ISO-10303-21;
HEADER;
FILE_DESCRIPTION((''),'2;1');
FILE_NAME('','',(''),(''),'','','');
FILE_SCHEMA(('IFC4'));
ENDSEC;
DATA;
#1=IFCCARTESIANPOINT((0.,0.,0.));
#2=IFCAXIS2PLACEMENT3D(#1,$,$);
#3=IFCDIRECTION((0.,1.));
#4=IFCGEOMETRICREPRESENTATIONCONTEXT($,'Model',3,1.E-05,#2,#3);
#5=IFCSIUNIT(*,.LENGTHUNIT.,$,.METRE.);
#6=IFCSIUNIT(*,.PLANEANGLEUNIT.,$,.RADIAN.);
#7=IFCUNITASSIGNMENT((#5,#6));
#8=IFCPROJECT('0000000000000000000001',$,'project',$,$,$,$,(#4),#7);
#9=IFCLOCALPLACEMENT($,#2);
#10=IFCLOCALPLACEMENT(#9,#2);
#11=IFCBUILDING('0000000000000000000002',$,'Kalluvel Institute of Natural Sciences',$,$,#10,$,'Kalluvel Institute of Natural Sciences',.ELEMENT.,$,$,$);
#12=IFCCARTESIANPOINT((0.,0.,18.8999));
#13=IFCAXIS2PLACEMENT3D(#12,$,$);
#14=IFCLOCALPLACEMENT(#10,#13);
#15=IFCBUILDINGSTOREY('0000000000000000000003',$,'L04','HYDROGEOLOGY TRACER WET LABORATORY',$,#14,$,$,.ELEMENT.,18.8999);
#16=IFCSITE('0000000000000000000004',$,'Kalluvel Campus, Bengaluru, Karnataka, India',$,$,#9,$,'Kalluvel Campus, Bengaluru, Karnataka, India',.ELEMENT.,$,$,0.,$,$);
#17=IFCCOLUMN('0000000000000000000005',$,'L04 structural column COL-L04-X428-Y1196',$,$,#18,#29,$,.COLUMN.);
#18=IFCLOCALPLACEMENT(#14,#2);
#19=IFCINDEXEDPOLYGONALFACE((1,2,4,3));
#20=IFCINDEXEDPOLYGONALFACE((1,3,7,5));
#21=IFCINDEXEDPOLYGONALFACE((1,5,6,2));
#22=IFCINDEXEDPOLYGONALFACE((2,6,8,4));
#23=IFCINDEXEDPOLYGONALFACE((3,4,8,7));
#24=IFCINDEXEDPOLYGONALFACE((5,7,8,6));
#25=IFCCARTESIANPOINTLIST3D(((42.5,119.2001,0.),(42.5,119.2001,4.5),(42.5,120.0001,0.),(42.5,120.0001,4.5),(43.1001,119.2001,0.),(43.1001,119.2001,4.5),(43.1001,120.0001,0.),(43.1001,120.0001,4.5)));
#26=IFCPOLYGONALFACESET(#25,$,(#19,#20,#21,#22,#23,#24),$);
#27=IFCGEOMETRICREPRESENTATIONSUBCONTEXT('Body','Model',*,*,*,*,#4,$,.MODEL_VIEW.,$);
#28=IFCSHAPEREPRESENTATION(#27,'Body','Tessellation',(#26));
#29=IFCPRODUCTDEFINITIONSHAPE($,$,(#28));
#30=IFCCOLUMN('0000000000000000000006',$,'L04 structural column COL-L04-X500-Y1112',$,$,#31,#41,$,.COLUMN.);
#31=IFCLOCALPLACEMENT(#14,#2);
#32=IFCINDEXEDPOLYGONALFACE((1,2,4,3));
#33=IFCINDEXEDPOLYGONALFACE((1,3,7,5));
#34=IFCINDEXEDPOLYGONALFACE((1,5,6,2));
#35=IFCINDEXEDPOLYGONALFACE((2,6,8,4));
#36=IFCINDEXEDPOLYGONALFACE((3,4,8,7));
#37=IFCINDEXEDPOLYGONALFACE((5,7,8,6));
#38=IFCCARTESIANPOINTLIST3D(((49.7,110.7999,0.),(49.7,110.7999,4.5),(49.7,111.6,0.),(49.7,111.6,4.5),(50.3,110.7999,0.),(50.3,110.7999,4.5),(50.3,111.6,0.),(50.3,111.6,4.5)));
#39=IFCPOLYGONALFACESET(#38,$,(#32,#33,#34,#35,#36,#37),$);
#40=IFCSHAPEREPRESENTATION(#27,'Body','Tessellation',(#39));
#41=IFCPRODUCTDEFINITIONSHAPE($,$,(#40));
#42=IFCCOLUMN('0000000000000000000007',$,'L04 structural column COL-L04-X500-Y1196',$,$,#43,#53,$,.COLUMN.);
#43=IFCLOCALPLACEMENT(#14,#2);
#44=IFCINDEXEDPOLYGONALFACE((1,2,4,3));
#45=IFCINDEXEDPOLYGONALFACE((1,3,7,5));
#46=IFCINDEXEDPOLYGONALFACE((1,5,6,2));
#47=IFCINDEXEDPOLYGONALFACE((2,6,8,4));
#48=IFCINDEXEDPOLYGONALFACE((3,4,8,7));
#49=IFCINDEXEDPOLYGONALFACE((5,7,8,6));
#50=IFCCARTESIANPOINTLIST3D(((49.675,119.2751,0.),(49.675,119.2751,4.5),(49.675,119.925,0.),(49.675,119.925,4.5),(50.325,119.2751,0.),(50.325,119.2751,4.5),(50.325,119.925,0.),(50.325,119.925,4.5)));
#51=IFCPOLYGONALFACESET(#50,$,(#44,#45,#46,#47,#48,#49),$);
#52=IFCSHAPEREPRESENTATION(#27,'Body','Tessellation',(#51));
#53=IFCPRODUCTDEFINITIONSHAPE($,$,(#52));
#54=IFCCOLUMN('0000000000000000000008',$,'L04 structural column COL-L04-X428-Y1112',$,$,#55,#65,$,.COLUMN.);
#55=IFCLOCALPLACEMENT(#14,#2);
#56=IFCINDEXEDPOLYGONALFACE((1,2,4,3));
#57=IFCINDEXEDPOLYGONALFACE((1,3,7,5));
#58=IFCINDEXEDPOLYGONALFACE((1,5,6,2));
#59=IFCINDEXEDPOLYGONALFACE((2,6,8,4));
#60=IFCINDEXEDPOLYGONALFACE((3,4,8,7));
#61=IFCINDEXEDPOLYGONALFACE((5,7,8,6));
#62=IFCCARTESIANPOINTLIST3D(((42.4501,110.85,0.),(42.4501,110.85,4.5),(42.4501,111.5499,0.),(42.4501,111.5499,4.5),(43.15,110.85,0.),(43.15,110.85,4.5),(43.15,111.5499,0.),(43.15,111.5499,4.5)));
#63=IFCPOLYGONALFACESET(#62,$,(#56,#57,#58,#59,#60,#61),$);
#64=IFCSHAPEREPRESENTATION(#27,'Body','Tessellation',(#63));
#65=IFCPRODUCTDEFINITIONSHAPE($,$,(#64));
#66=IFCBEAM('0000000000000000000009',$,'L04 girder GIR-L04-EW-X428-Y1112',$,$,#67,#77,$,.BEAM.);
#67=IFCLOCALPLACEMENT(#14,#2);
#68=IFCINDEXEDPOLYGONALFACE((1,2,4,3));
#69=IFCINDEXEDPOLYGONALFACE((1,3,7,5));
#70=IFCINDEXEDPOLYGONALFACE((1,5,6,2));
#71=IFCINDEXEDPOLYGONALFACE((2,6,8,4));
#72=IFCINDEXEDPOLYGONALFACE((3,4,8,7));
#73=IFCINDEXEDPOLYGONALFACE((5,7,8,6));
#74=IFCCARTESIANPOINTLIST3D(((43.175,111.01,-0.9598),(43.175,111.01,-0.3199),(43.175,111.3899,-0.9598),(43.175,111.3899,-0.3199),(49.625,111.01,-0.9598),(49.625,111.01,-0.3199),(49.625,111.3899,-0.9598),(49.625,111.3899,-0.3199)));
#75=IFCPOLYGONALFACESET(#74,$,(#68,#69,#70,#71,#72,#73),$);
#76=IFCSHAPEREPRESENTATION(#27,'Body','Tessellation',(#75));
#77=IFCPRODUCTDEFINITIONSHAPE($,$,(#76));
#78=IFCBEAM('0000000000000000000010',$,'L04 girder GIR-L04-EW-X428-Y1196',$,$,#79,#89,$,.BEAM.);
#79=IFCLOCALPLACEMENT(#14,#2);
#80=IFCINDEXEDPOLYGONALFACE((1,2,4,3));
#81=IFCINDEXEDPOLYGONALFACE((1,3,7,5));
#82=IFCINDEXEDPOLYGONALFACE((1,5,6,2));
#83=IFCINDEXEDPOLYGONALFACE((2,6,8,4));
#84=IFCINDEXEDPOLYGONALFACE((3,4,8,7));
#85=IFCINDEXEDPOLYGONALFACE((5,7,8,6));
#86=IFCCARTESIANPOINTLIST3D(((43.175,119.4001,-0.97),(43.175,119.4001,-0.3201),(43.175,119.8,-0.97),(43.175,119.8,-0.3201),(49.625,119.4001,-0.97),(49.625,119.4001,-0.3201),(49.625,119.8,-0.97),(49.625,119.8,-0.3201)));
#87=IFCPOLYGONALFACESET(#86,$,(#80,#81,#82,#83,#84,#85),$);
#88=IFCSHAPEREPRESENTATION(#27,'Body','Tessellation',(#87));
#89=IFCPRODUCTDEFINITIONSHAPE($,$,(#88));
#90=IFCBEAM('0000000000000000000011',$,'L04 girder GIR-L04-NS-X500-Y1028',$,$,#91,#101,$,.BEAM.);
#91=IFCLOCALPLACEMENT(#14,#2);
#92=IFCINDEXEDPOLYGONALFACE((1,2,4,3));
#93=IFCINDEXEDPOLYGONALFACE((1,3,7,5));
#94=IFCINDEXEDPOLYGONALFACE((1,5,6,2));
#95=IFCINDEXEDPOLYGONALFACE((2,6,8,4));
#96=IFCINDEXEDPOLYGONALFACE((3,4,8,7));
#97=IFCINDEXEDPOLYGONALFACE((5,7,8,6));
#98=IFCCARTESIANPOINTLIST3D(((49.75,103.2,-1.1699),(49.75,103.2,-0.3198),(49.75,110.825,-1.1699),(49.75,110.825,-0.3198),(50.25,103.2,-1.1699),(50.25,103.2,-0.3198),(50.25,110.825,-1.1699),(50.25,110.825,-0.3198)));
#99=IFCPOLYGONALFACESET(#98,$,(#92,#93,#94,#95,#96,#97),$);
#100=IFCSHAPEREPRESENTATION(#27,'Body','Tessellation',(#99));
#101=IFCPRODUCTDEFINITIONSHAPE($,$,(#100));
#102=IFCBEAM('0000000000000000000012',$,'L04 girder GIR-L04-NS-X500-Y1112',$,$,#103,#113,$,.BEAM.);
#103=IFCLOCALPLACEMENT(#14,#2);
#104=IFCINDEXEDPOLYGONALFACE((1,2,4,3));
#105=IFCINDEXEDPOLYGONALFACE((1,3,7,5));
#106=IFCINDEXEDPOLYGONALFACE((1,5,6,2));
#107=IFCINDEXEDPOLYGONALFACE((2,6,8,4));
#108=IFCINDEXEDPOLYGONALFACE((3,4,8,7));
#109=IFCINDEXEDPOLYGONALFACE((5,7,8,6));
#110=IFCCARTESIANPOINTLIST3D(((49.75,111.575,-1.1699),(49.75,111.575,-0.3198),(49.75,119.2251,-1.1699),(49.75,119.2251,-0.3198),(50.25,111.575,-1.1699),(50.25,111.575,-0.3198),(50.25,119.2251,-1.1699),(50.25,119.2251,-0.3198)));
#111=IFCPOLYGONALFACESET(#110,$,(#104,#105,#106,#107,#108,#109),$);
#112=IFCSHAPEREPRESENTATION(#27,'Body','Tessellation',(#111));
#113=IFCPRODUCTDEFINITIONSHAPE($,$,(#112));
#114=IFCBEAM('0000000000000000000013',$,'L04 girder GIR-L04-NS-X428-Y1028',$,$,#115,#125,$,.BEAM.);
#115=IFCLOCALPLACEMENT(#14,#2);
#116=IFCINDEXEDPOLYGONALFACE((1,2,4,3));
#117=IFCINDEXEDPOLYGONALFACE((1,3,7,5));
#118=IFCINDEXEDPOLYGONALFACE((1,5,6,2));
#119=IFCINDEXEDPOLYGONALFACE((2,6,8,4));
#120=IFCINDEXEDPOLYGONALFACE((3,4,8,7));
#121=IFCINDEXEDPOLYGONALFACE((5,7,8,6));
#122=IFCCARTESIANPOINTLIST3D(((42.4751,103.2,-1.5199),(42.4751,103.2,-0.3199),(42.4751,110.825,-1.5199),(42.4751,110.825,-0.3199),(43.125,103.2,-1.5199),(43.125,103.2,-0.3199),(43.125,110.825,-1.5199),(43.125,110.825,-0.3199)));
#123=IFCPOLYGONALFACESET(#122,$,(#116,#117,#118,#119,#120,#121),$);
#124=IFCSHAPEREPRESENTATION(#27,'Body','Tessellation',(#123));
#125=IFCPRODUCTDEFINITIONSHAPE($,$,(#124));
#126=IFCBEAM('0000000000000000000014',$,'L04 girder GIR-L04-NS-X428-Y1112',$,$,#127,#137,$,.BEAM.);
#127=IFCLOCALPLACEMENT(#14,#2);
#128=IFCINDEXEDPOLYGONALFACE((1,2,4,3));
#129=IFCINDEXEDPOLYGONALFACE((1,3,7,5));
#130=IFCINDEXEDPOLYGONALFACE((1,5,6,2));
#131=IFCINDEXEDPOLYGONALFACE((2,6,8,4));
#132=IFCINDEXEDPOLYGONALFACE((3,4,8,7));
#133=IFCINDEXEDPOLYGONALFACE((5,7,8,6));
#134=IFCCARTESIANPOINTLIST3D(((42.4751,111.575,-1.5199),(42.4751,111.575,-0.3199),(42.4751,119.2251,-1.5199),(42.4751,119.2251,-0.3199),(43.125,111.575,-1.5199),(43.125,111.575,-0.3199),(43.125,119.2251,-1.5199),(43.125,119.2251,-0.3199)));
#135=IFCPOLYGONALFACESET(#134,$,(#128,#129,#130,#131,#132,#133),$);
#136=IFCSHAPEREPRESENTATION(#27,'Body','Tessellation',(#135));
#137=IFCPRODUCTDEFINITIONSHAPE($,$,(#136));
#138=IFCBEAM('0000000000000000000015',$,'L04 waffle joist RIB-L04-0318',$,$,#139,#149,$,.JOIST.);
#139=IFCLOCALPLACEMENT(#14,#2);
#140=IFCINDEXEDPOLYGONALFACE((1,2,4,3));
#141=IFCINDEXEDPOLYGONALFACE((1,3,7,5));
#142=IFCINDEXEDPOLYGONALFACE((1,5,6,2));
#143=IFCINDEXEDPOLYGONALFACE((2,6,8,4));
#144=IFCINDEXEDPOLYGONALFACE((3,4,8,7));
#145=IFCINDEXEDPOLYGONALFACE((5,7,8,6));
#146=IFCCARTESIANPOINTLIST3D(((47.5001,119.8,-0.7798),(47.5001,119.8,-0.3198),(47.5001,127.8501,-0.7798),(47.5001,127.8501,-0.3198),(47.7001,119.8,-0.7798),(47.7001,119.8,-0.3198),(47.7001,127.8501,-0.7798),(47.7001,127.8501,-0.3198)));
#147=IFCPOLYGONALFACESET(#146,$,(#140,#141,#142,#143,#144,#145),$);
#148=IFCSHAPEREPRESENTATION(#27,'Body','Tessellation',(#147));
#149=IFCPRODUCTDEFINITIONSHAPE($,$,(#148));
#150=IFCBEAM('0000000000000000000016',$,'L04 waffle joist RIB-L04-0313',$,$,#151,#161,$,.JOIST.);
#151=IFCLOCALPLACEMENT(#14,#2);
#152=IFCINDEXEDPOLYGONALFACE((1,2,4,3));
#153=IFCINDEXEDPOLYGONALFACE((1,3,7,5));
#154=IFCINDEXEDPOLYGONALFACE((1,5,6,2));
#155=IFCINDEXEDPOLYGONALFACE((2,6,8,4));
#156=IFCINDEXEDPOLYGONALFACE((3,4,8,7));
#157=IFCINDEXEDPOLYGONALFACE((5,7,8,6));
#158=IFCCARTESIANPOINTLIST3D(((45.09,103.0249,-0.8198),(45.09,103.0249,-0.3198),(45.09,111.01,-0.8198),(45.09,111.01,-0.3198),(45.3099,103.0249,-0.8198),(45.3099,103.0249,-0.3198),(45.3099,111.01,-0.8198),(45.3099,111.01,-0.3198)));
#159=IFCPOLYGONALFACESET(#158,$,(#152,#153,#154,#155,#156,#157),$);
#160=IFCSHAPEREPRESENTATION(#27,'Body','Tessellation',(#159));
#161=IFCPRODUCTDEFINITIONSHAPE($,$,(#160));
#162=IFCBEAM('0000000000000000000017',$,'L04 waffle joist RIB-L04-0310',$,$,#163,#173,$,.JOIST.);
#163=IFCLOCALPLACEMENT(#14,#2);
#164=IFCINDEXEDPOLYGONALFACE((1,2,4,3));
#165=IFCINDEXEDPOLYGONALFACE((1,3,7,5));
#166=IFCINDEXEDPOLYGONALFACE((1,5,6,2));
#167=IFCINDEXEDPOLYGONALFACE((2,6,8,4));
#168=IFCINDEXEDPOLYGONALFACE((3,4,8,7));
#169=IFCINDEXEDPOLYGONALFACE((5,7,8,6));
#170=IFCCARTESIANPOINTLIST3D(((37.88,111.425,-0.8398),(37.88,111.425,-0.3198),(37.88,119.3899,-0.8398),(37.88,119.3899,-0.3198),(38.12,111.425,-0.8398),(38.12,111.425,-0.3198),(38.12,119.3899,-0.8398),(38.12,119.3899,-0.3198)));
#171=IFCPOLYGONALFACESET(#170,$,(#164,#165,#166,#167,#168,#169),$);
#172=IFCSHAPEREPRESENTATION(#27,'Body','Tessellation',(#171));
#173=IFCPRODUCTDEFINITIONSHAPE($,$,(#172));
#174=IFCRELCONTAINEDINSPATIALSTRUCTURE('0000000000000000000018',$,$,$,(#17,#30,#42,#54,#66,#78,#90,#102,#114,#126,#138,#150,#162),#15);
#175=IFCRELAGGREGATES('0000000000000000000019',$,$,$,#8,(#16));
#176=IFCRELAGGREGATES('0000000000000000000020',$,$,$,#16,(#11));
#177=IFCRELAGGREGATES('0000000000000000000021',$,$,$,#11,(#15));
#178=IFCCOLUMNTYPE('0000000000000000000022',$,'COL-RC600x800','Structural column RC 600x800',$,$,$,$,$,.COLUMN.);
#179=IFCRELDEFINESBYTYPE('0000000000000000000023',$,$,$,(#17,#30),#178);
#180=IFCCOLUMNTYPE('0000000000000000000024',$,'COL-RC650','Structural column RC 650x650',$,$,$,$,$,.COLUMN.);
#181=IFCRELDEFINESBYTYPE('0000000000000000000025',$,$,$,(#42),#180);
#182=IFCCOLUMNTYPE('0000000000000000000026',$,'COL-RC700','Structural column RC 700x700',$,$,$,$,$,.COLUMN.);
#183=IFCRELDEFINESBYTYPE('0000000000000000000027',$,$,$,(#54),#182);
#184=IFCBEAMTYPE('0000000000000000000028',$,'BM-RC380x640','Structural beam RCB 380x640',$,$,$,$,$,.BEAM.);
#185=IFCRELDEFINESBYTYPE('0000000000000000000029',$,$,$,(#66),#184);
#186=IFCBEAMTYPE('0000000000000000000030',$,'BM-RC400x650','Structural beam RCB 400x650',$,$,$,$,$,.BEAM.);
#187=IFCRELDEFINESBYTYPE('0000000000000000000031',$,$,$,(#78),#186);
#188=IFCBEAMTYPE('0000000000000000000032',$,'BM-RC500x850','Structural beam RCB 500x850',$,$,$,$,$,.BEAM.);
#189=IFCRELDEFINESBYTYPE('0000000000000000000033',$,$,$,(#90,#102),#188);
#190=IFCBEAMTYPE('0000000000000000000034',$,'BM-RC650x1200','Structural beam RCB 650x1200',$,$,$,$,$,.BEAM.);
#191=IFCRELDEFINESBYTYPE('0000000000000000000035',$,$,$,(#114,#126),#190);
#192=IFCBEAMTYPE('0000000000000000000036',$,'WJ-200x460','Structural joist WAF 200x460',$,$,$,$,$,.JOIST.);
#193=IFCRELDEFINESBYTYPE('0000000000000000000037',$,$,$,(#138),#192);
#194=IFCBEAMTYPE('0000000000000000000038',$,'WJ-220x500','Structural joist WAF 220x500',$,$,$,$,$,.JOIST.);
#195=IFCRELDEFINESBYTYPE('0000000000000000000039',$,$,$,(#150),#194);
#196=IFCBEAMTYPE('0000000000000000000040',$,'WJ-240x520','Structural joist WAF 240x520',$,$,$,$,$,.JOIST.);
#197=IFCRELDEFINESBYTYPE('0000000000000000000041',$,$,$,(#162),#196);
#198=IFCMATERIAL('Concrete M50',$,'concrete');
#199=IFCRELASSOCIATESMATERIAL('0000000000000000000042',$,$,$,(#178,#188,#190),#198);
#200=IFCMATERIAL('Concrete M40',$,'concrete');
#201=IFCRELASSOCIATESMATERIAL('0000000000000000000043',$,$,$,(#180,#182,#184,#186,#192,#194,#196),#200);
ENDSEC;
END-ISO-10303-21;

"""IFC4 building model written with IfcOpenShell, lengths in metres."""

from ifc_helpers import new_model, si_unit, direction, frame, origin, origin_2d, place, context, subcontext, project, spatial, rectangle, extrude, material, material_profile, profile_set, type_object, element, save


model = new_model("IFC4")

# Units and contexts
model_context = context("Model", 3, precision=1e-05, world=origin(), true_north=direction((0.0, 1.0)))
body_context = subcontext(model_context, "Body", "Model", "MODEL_VIEW")
ifc_project = project(units=[si_unit("LENGTHUNIT", "METRE"), si_unit("PLANEANGLEUNIT", "RADIAN")], contexts=[model_context])

# Site, building, storey
site_placement = place(None, origin())
site = spatial("IfcSite", under=ifc_project, at=site_placement, Name="Kalluvel Campus, Bengaluru, Karnataka, India", LongName="Kalluvel Campus, Bengaluru, Karnataka, India", CompositionType="ELEMENT", RefElevation=0.0)
building_placement = place(site_placement, origin())
building = spatial("IfcBuilding", under=site, at=building_placement, Name="Kalluvel Institute of Natural Sciences", LongName="Kalluvel Institute of Natural Sciences", CompositionType="ELEMENT")
storey_placement = place(building_placement, frame((0.0, 0.0, 18.8999)))
storey = spatial("IfcBuildingStorey", under=building, at=storey_placement, Name="L04", Description="HYDROGEOLOGY TRACER WET LABORATORY", CompositionType="ELEMENT", Elevation=18.8999)

# Columns
ifc_material_1 = material(Name="Concrete M50", Category="concrete")
ifc_material_profile_1 = material_profile(ifc_material_1, rectangle(XDim=0.6001, YDim=0.8, at=origin_2d()), Name="RC 600x800")
ifc_profile_set_1 = profile_set([ifc_material_profile_1], Name="Concrete M50")
column_type_1 = type_object("IfcColumnType", Name="COL-RC600x800", Description="Structural column RC 600x800", PredefinedType="COLUMN", material=ifc_profile_set_1)
for number, where, z_axis, x_axis, name in (
    (1, (42.8, 119.6001, 0.0), (0.0, 0.0, 1.0), (1.0, 0.0, 0.0), "L04 structural column COL-L04-X428-Y1196"),
    (2, (50.0, 111.2, 0.0), (0.0, 0.0, 1.0), (1.0, 0.0, 0.0), "L04 structural column COL-L04-X500-Y1112"),
):
    element("IfcColumn", number, at=place(storey_placement, frame(where, z_axis=z_axis, x_axis=x_axis)), inside=storey, type_object=column_type_1, Name=name, PredefinedType="COLUMN", context=body_context, shape_type="SweptSolid", body=[
        extrude(rectangle(XDim=0.6001, YDim=0.8, at=origin_2d()), origin(), (0.0, 0.0, 1.0), 4.5),
    ])
ifc_material_2 = material(Name="Concrete M40", Category="concrete")
ifc_material_profile_2 = material_profile(ifc_material_2, rectangle(XDim=0.6499, YDim=0.6499, at=origin_2d()), Name="RC 650x650")
ifc_profile_set_2 = profile_set([ifc_material_profile_2], Name="Concrete M40")
column_type_2 = type_object("IfcColumnType", Name="COL-RC650", Description="Structural column RC 650x650", PredefinedType="COLUMN", material=ifc_profile_set_2)
column_1_placement = place(storey_placement, frame((50.0, 119.6001, 0.0), z_axis=(0.0, 0.0, 1.0), x_axis=(1.0, 0.0, 0.0)))
element("IfcColumn", 3, at=column_1_placement, inside=storey, type_object=column_type_2, Name="L04 structural column COL-L04-X500-Y1196", PredefinedType="COLUMN", context=body_context, shape_type="SweptSolid", body=[
    extrude(rectangle(XDim=0.6499, YDim=0.6499, at=origin_2d()), origin(), (0.0, 0.0, 1.0), 4.5),
])
ifc_material_profile_3 = material_profile(ifc_material_2, rectangle(XDim=0.7, YDim=0.7, at=origin_2d()), Name="RC 700x700")
ifc_profile_set_3 = profile_set([ifc_material_profile_3], Name="Concrete M40")
column_type_3 = type_object("IfcColumnType", Name="COL-RC700", Description="Structural column RC 700x700", PredefinedType="COLUMN", material=ifc_profile_set_3)
column_2_placement = place(storey_placement, frame((42.8, 111.2, 0.0), z_axis=(0.0, 0.0, 1.0), x_axis=(1.0, 0.0, 0.0)))
element("IfcColumn", 4, at=column_2_placement, inside=storey, type_object=column_type_3, Name="L04 structural column COL-L04-X428-Y1112", PredefinedType="COLUMN", context=body_context, shape_type="SweptSolid", body=[
    extrude(rectangle(XDim=0.7, YDim=0.7, at=origin_2d()), origin(), (0.0, 0.0, 1.0), 4.5),
])

# Beams
ifc_material_profile_4 = material_profile(ifc_material_2, rectangle(XDim=0.3799, YDim=0.6399, at=origin_2d()), Name="RCB 380x640")
ifc_profile_set_4 = profile_set([ifc_material_profile_4], Name="Concrete M40")
beam_type_1 = type_object("IfcBeamType", Name="BM-RC380x640", Description="Structural beam RCB 380x640", PredefinedType="BEAM", material=ifc_profile_set_4)
beam_1_placement = place(storey_placement, frame((43.175, 111.2, -0.6399), z_axis=(1.0, 0.0, 0.0), x_axis=(0.0, 1.0, 0.0)))
element("IfcBeam", 5, at=beam_1_placement, inside=storey, type_object=beam_type_1, Name="L04 girder GIR-L04-EW-X428-Y1112", PredefinedType="BEAM", context=body_context, shape_type="SweptSolid", body=[
    extrude(rectangle(XDim=0.3799, YDim=0.6399, at=origin_2d()), origin(), (0.0, 0.0, 1.0), 6.45),
])
ifc_material_profile_5 = material_profile(ifc_material_2, rectangle(XDim=0.3999, YDim=0.6499, at=origin_2d()), Name="RCB 400x650")
ifc_profile_set_5 = profile_set([ifc_material_profile_5], Name="Concrete M40")
beam_type_2 = type_object("IfcBeamType", Name="BM-RC400x650", Description="Structural beam RCB 400x650", PredefinedType="BEAM", material=ifc_profile_set_5)
beam_2_placement = place(storey_placement, frame((43.175, 119.6001, -0.645), z_axis=(1.0, 0.0, 0.0), x_axis=(0.0, 1.0, 0.0)))
element("IfcBeam", 6, at=beam_2_placement, inside=storey, type_object=beam_type_2, Name="L04 girder GIR-L04-EW-X428-Y1196", PredefinedType="BEAM", context=body_context, shape_type="SweptSolid", body=[
    extrude(rectangle(XDim=0.3999, YDim=0.6499, at=origin_2d()), origin(), (0.0, 0.0, 1.0), 6.45),
])
ifc_material_profile_6 = material_profile(ifc_material_1, rectangle(XDim=0.5, YDim=0.8501, at=origin_2d()), Name="RCB 500x850")
ifc_profile_set_6 = profile_set([ifc_material_profile_6], Name="Concrete M50")
beam_type_3 = type_object("IfcBeamType", Name="BM-RC500x850", Description="Structural beam RCB 500x850", PredefinedType="BEAM", material=ifc_profile_set_6)
beam_3_placement = place(storey_placement, frame((50.0, 103.2, -0.7449), z_axis=(0.0, 1.0, 0.0), x_axis=(-1.0, 0.0, 0.0)))
element("IfcBeam", 7, at=beam_3_placement, inside=storey, type_object=beam_type_3, Name="L04 girder GIR-L04-NS-X500-Y1028", PredefinedType="BEAM", context=body_context, shape_type="SweptSolid", body=[
    extrude(rectangle(XDim=0.5, YDim=0.8501, at=origin_2d()), origin(), (0.0, 0.0, 1.0), 7.625),
])
beam_4_placement = place(storey_placement, frame((50.0, 111.575, -0.7449), z_axis=(0.0, 1.0, 0.0), x_axis=(-1.0, 0.0, 0.0)))
element("IfcBeam", 8, at=beam_4_placement, inside=storey, type_object=beam_type_3, Name="L04 girder GIR-L04-NS-X500-Y1112", PredefinedType="BEAM", context=body_context, shape_type="SweptSolid", body=[
    extrude(rectangle(XDim=0.5, YDim=0.8501, at=origin_2d()), origin(), (0.0, 0.0, 1.0), 7.6501),
])
ifc_material_profile_7 = material_profile(ifc_material_1, rectangle(XDim=0.6499, YDim=1.2, at=origin_2d()), Name="RCB 650x1200")
ifc_profile_set_7 = profile_set([ifc_material_profile_7], Name="Concrete M50")
beam_type_4 = type_object("IfcBeamType", Name="BM-RC650x1200", Description="Structural beam RCB 650x1200", PredefinedType="BEAM", material=ifc_profile_set_7)
beam_5_placement = place(storey_placement, frame((42.8, 103.2, -0.9199), z_axis=(0.0, 1.0, 0.0), x_axis=(-1.0, 0.0, 0.0)))
element("IfcBeam", 9, at=beam_5_placement, inside=storey, type_object=beam_type_4, Name="L04 girder GIR-L04-NS-X428-Y1028", PredefinedType="BEAM", context=body_context, shape_type="SweptSolid", body=[
    extrude(rectangle(XDim=0.6499, YDim=1.2, at=origin_2d()), origin(), (0.0, 0.0, 1.0), 7.625),
])
beam_6_placement = place(storey_placement, frame((42.8, 111.575, -0.9199), z_axis=(0.0, 1.0, 0.0), x_axis=(-1.0, 0.0, 0.0)))
element("IfcBeam", 10, at=beam_6_placement, inside=storey, type_object=beam_type_4, Name="L04 girder GIR-L04-NS-X428-Y1112", PredefinedType="BEAM", context=body_context, shape_type="SweptSolid", body=[
    extrude(rectangle(XDim=0.6499, YDim=1.2, at=origin_2d()), origin(), (0.0, 0.0, 1.0), 7.6501),
])
ifc_material_profile_8 = material_profile(ifc_material_2, rectangle(XDim=0.2, YDim=0.46, at=origin_2d()), Name="WAF 200x460")
ifc_profile_set_8 = profile_set([ifc_material_profile_8], Name="Concrete M40")
beam_type_5 = type_object("IfcBeamType", Name="WJ-200x460", Description="Structural joist WAF 200x460", PredefinedType="JOIST", material=ifc_profile_set_8)
beam_7_placement = place(storey_placement, frame((47.6001, 119.8, -0.5498), z_axis=(0.0, 1.0, 0.0), x_axis=(-1.0, 0.0, 0.0)))
element("IfcBeam", 11, at=beam_7_placement, inside=storey, type_object=beam_type_5, Name="L04 waffle joist RIB-L04-0318", PredefinedType="JOIST", context=body_context, shape_type="SweptSolid", body=[
    extrude(rectangle(XDim=0.2, YDim=0.46, at=origin_2d()), origin(), (0.0, 0.0, 1.0), 8.05),
])
ifc_material_profile_9 = material_profile(ifc_material_2, rectangle(XDim=0.22, YDim=0.5, at=origin_2d()), Name="WAF 220x500")
ifc_profile_set_9 = profile_set([ifc_material_profile_9], Name="Concrete M40")
beam_type_6 = type_object("IfcBeamType", Name="WJ-220x500", Description="Structural joist WAF 220x500", PredefinedType="JOIST", material=ifc_profile_set_9)
beam_8_placement = place(storey_placement, frame((45.2, 103.0249, -0.5698), z_axis=(0.0, 1.0, 0.0), x_axis=(-1.0, 0.0, 0.0)))
element("IfcBeam", 12, at=beam_8_placement, inside=storey, type_object=beam_type_6, Name="L04 waffle joist RIB-L04-0313", PredefinedType="JOIST", context=body_context, shape_type="SweptSolid", body=[
    extrude(rectangle(XDim=0.22, YDim=0.5, at=origin_2d()), origin(), (0.0, 0.0, 1.0), 7.9851),
])
ifc_material_profile_10 = material_profile(ifc_material_2, rectangle(XDim=0.24, YDim=0.52, at=origin_2d()), Name="WAF 240x520")
ifc_profile_set_10 = profile_set([ifc_material_profile_10], Name="Concrete M40")
beam_type_7 = type_object("IfcBeamType", Name="WJ-240x520", Description="Structural joist WAF 240x520", PredefinedType="JOIST", material=ifc_profile_set_10)
beam_9_placement = place(storey_placement, frame((38.0, 111.425, -0.5798), z_axis=(0.0, 1.0, 0.0), x_axis=(-1.0, 0.0, 0.0)))
element("IfcBeam", 13, at=beam_9_placement, inside=storey, type_object=beam_type_7, Name="L04 waffle joist RIB-L04-0310", PredefinedType="JOIST", context=body_context, shape_type="SweptSolid", body=[
    extrude(rectangle(XDim=0.24, YDim=0.52, at=origin_2d()), origin(), (0.0, 0.0, 1.0), 7.9648),
])

save(model, "model.ifc")
